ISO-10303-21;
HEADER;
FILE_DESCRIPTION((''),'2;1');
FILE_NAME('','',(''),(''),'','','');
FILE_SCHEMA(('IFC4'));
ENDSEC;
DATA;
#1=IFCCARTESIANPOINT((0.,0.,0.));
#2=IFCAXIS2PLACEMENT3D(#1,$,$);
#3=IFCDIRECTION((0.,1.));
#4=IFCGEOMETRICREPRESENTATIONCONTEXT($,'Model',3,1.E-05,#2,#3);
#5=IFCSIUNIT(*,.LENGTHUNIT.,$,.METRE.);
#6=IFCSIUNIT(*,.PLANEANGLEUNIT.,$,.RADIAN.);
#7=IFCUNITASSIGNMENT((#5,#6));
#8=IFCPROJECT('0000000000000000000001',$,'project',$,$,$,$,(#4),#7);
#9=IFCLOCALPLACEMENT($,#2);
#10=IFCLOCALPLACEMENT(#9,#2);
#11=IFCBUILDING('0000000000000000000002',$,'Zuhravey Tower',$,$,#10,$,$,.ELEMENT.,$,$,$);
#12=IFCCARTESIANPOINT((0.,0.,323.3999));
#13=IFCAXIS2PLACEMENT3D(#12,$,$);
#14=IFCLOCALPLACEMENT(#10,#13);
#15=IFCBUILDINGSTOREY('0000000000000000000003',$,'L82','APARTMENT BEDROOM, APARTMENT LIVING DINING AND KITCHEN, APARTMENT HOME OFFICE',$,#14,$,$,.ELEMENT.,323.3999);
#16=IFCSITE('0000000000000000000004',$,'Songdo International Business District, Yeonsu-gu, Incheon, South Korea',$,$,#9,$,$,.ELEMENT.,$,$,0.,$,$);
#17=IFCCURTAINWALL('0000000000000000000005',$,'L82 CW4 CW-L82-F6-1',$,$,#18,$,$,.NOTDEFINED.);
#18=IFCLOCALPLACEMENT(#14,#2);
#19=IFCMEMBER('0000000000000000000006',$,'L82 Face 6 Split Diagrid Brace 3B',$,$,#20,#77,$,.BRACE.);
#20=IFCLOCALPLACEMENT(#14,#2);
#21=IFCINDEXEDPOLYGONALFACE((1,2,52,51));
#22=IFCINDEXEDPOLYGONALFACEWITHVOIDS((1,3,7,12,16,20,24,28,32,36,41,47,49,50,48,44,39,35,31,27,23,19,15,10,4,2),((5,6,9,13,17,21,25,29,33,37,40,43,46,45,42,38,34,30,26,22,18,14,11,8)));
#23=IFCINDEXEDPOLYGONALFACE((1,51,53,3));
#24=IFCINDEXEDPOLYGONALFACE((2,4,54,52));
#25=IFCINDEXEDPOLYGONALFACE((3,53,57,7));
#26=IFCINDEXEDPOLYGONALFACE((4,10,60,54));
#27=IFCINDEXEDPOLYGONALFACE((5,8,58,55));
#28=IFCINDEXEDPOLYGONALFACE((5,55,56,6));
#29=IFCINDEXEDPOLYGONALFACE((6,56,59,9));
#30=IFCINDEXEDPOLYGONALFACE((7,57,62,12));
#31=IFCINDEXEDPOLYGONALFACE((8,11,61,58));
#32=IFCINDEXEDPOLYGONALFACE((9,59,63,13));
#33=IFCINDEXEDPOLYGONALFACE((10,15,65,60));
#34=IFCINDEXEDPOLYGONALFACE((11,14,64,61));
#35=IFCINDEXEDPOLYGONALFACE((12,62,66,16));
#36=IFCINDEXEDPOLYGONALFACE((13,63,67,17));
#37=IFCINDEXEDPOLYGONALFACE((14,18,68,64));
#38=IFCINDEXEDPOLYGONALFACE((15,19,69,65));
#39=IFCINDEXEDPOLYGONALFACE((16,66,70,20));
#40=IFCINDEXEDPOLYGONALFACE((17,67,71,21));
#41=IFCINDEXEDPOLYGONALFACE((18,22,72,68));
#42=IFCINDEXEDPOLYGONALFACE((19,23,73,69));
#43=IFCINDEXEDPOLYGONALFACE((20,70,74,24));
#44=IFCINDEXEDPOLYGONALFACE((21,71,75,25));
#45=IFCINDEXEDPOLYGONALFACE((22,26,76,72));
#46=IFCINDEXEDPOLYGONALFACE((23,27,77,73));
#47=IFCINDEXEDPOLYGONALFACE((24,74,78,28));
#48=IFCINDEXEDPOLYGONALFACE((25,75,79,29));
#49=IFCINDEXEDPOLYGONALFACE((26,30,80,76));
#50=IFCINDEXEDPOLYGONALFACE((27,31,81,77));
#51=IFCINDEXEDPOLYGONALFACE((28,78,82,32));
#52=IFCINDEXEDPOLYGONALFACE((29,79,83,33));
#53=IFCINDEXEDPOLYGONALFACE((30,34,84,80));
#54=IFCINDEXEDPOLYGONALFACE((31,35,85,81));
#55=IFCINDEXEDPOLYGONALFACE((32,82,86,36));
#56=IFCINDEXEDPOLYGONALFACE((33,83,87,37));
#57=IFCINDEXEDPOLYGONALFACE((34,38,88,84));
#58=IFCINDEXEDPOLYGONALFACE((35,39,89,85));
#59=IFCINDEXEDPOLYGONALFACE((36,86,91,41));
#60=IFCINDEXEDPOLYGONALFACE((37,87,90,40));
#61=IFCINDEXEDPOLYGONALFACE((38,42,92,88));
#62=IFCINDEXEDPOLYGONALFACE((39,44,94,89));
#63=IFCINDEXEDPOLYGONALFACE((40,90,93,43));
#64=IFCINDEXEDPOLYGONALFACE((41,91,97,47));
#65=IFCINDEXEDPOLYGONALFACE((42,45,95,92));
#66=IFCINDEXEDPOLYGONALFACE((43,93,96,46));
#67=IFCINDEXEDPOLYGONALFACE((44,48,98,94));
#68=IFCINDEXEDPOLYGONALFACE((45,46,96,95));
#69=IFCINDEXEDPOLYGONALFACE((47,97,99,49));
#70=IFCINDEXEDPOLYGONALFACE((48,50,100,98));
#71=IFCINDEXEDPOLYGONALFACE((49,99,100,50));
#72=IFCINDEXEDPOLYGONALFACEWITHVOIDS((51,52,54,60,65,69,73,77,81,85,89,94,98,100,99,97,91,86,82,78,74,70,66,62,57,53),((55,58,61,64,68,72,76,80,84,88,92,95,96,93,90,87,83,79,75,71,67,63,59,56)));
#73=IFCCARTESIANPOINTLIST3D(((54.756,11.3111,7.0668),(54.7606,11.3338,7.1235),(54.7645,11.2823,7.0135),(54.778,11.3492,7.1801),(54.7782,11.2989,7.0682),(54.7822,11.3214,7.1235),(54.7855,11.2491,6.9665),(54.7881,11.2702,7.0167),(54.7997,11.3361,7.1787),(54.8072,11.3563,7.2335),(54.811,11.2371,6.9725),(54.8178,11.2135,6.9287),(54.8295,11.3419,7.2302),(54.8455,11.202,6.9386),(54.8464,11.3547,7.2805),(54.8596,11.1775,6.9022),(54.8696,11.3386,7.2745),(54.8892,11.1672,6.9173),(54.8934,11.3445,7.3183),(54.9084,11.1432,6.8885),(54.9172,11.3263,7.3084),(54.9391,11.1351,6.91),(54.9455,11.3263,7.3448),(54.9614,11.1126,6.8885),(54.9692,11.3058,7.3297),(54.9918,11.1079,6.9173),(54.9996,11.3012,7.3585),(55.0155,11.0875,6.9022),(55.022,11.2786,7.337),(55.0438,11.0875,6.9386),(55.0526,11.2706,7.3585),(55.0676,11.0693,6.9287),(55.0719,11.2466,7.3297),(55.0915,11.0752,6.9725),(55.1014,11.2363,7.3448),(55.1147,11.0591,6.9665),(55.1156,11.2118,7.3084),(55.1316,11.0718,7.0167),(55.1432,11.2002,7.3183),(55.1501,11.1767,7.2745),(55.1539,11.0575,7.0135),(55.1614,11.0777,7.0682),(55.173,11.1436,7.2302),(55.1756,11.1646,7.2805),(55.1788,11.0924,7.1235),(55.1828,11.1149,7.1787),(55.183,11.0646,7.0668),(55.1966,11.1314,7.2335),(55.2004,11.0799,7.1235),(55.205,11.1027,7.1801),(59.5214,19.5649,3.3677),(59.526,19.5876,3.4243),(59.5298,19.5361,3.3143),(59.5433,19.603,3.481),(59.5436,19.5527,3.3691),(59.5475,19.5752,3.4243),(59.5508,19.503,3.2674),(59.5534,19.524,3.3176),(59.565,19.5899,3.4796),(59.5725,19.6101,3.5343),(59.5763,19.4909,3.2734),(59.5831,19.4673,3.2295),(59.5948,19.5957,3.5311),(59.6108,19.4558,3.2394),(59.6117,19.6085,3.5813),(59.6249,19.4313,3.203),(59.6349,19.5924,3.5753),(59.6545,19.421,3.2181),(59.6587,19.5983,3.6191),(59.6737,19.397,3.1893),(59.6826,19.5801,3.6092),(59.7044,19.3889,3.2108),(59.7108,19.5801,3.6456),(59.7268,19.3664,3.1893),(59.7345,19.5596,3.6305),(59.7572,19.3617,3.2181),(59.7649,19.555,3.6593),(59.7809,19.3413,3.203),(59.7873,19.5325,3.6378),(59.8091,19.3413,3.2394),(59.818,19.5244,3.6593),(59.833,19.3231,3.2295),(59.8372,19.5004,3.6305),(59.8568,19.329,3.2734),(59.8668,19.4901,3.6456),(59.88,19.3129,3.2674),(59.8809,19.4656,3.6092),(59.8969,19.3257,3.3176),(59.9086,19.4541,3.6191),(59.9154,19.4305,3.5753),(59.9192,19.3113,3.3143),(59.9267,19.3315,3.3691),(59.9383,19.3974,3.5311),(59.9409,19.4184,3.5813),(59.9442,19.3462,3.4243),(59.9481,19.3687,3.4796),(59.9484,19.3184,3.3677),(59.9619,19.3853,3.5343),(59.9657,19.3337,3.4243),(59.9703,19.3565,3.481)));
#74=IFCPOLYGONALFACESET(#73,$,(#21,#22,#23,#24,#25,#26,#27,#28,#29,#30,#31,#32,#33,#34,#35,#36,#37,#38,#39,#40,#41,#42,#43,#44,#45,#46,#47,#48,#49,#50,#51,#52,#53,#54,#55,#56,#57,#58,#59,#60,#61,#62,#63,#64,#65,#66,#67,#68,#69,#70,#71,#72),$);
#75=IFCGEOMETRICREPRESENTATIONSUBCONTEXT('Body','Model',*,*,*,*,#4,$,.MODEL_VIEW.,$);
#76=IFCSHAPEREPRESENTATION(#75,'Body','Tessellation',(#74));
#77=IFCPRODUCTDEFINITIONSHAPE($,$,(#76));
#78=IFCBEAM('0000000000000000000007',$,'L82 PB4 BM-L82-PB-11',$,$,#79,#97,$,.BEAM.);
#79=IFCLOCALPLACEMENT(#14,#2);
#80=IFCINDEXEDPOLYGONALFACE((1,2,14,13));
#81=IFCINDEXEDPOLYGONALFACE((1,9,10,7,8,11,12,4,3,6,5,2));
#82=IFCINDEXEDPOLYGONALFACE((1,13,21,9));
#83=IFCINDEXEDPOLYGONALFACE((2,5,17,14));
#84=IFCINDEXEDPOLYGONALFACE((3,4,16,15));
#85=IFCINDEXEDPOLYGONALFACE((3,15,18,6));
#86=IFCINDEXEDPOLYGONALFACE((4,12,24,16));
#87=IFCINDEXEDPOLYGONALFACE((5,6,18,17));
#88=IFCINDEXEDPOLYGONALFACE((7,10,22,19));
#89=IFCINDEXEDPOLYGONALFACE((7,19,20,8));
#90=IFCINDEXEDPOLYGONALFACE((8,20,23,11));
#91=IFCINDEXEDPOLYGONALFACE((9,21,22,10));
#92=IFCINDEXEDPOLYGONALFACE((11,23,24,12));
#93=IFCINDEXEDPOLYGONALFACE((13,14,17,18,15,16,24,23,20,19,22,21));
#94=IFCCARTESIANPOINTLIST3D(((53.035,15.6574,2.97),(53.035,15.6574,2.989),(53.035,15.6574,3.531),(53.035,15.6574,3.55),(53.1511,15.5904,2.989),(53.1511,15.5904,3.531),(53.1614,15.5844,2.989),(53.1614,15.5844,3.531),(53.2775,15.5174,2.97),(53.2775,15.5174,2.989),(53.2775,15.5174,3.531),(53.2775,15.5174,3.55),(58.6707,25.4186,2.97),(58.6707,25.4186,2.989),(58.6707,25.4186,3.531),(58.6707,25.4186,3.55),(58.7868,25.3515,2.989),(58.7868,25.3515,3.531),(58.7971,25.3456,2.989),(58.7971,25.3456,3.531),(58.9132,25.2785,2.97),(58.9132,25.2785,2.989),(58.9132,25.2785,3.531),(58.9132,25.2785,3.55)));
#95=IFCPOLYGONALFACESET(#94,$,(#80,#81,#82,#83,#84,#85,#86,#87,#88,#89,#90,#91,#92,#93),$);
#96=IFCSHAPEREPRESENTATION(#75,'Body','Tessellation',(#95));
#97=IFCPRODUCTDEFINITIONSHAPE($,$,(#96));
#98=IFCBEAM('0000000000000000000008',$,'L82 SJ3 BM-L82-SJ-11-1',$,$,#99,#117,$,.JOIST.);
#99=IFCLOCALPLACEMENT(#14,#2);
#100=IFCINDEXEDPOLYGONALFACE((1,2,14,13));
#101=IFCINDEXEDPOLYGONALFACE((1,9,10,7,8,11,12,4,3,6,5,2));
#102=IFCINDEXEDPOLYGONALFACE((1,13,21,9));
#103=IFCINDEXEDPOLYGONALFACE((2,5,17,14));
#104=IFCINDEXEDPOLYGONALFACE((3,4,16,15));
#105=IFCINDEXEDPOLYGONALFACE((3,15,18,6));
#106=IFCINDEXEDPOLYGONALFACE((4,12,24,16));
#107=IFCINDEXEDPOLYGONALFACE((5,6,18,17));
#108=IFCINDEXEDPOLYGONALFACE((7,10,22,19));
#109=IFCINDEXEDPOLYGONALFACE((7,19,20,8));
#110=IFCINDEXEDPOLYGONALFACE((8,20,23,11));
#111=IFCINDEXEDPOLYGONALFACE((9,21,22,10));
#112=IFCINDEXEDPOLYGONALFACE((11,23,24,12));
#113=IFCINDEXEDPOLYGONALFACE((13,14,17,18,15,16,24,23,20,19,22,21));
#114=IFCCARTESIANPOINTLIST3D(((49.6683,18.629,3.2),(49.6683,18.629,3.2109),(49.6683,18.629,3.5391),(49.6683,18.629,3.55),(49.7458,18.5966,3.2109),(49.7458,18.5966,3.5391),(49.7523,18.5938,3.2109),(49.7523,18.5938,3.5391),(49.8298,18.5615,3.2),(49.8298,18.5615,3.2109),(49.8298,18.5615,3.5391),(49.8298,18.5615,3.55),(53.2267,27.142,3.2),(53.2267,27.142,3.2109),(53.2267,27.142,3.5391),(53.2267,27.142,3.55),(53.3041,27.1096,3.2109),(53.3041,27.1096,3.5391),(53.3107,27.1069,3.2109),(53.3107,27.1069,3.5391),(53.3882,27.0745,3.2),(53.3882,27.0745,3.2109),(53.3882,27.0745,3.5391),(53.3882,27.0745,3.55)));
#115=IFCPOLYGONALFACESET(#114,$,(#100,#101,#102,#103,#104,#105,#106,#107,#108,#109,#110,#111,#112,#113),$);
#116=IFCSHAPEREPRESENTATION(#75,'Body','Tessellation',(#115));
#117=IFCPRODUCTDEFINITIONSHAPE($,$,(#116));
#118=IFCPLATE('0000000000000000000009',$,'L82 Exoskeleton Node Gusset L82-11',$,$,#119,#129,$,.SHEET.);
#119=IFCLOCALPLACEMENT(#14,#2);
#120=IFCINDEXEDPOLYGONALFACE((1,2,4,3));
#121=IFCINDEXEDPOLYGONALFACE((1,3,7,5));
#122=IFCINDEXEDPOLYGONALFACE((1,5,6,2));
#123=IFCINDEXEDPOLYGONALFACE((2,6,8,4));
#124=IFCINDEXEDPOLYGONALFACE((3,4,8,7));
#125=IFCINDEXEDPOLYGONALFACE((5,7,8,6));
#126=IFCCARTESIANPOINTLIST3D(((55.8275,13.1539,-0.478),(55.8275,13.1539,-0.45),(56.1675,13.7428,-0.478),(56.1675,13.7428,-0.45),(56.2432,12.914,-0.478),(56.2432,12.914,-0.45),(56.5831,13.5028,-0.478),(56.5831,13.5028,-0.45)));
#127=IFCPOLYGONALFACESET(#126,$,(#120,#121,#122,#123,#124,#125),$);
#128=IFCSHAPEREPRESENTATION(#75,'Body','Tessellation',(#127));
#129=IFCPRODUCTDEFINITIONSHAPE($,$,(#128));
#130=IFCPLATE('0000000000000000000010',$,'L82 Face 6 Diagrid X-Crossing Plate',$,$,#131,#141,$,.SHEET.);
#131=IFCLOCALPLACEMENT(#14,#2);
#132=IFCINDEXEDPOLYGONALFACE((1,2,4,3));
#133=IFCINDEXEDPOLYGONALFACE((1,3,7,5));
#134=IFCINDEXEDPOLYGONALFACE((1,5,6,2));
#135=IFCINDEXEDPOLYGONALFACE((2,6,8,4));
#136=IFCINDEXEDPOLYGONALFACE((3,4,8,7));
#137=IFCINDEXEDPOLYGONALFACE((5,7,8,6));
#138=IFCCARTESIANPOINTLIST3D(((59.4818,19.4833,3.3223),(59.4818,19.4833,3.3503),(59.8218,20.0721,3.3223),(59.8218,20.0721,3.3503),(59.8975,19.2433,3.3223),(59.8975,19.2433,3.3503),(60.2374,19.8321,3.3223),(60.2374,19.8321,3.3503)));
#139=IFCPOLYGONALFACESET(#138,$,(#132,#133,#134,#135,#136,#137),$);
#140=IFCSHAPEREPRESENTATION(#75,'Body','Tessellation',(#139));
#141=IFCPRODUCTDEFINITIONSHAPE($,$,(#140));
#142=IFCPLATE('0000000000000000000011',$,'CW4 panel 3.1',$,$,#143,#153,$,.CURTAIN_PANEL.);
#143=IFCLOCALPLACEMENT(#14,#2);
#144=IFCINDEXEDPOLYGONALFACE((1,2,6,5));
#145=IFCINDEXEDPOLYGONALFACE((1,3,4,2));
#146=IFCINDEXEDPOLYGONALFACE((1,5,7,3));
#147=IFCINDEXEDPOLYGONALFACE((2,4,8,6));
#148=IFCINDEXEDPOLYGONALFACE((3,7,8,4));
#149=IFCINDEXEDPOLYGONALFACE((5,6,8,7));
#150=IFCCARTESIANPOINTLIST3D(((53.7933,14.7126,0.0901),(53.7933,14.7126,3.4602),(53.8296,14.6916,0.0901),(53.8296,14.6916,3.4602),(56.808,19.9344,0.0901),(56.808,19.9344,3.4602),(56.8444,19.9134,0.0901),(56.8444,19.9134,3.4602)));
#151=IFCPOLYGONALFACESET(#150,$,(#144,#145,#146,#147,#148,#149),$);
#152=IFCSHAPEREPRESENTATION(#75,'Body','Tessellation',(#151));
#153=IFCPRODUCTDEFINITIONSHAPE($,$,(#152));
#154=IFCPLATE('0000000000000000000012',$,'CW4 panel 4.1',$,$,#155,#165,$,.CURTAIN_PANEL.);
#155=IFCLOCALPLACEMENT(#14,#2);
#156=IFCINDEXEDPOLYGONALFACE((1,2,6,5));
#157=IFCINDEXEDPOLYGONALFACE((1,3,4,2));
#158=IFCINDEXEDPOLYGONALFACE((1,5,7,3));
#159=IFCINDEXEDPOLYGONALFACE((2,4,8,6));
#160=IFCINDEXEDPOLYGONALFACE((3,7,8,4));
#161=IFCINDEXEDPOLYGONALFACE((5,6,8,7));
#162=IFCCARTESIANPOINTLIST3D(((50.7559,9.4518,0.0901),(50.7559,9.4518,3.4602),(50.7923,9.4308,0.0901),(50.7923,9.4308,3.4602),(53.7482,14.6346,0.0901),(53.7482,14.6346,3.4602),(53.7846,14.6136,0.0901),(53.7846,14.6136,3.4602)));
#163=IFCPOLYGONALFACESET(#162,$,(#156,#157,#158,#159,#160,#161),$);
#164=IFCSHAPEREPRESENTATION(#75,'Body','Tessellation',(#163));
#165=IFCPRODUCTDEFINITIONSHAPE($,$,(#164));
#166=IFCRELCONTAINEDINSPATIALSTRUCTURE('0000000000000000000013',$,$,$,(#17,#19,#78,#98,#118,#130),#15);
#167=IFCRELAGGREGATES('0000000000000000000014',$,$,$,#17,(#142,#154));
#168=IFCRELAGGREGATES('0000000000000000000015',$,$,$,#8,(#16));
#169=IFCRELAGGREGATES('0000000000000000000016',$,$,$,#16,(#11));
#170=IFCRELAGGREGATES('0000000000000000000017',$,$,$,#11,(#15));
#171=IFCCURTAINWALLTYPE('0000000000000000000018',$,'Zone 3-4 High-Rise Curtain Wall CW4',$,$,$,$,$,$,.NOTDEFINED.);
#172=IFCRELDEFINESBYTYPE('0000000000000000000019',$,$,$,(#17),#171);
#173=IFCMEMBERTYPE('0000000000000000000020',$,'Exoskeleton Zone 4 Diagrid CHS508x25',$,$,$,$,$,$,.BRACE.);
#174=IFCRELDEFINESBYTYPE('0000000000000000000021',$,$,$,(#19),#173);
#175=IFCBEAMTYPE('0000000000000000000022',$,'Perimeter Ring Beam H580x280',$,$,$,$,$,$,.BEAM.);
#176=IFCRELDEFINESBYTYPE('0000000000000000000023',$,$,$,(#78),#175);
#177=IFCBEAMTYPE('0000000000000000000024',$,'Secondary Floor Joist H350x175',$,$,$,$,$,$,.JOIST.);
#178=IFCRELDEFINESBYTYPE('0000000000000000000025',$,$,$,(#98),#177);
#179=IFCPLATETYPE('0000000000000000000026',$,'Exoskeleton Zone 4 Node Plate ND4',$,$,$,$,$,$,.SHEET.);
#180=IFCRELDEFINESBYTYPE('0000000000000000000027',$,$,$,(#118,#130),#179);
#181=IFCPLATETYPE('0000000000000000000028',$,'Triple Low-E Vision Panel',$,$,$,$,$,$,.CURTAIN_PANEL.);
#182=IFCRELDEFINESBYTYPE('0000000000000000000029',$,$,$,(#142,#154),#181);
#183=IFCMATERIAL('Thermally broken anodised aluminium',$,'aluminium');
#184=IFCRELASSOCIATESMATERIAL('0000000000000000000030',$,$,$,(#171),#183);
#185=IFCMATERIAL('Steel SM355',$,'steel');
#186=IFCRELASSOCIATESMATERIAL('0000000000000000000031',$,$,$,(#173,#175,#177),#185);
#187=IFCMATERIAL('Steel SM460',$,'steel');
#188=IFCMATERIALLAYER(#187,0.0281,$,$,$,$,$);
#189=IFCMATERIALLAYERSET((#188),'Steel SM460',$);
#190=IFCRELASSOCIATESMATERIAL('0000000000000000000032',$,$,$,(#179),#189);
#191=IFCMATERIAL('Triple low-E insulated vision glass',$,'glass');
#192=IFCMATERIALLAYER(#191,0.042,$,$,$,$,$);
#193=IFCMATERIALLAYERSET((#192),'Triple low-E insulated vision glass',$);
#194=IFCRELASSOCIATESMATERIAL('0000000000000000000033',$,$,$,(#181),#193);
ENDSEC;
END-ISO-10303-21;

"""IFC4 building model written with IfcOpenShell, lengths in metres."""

from ifc_helpers import new_model, si_unit, direction, frame, origin, origin_2d, place, context, subcontext, project, spatial, rectangle, hollow_circle, i_section, extrude, material, layer, layer_set, material_profile, profile_set, type_object, element, aggregate, save


model = new_model("IFC4")

# Units and contexts
model_context = context("Model", 3, precision=1e-05, world=origin(), true_north=direction((0.0, 1.0)))
body_context = subcontext(model_context, "Body", "Model", "MODEL_VIEW")
ifc_project = project(units=[si_unit("LENGTHUNIT", "METRE"), si_unit("PLANEANGLEUNIT", "RADIAN")], contexts=[model_context])

# Site, building, storey
site_placement = place(None, origin())
site = spatial("IfcSite", under=ifc_project, at=site_placement, Name="Songdo International Business District, Yeonsu-gu, Incheon, South Korea", CompositionType="ELEMENT", RefElevation=0.0)
building_placement = place(site_placement, origin())
building = spatial("IfcBuilding", under=site, at=building_placement, Name="Zuhravey Tower", CompositionType="ELEMENT")
storey_placement = place(building_placement, frame((0.0, 0.0, 323.3999)))
storey = spatial("IfcBuildingStorey", under=building, at=storey_placement, Name="L82", Description="APARTMENT BEDROOM, APARTMENT LIVING DINING AND KITCHEN, APARTMENT HOME OFFICE", CompositionType="ELEMENT", Elevation=323.3999)

# Curtain wall
ifc_material_1 = material(Name="Thermally broken anodised aluminium", Category="aluminium")
curtain_wall_type = type_object("IfcCurtainWallType", Name="Zone 3-4 High-Rise Curtain Wall CW4", PredefinedType="NOTDEFINED", material=ifc_material_1)
curtain_wall_1_placement = place(storey_placement, origin())
curtain_wall_1 = element("IfcCurtainWall", 1, at=curtain_wall_1_placement, inside=storey, type_object=curtain_wall_type, Name="L82 CW4 CW-L82-F6-1", PredefinedType="NOTDEFINED")

# Member
ifc_material_2 = material(Name="Steel SM355", Category="steel")
ifc_material_profile_1 = material_profile(ifc_material_2, hollow_circle(Radius=0.2539, WallThickness=0.0249, at=origin_2d()), Name="CHS-508.0x25")
ifc_profile_set_1 = profile_set([ifc_material_profile_1], Name="Steel SM355")
member_type_1 = type_object("IfcMemberType", Name="Exoskeleton Zone 4 Diagrid CHS508x25", PredefinedType="BRACE", material=ifc_profile_set_1)
member_1_placement = place(storey_placement, frame((59.7458, 19.4607, 3.4243), z_axis=(-0.46612, -0.807346, 0.361835), x_axis=(0.866026, -0.499999, 0.0)))
element("IfcMember", 2, at=member_1_placement, inside=storey, type_object=member_type_1, Name="L82 Face 6 Split Diagrid Brace 3B", PredefinedType="BRACE", context=body_context, shape_type="SweptSolid", body=[
    extrude(hollow_circle(Radius=0.2539, WallThickness=0.0249, at=origin_2d()), origin(), (0.0, 0.0, 1.0), 10.2234),
])

# Beams
ifc_material_profile_2 = material_profile(ifc_material_2, i_section(OverallWidth=0.28, OverallDepth=0.5801, WebThickness=0.012, FlangeThickness=0.019, at=origin_2d()), Name="H-580x280x12x19")
ifc_profile_set_2 = profile_set([ifc_material_profile_2], Name="Steel SM355")
beam_type_1 = type_object("IfcBeamType", Name="Perimeter Ring Beam H580x280", PredefinedType="BEAM", material=ifc_profile_set_2)
beam_1_placement = place(storey_placement, frame((53.1562, 15.5874, 3.26), z_axis=(0.500006, 0.866022, 0.0), x_axis=(-0.866022, 0.500006, 0.0)))
element("IfcBeam", 3, at=beam_1_placement, inside=storey, type_object=beam_type_1, Name="L82 PB4 BM-L82-PB-11", PredefinedType="BEAM", context=body_context, shape_type="SweptSolid", body=[
    extrude(i_section(OverallWidth=0.28, OverallDepth=0.5801, WebThickness=0.012, FlangeThickness=0.019, at=origin_2d()), origin(), (0.0, 0.0, 1.0), 11.2712),
])
ifc_material_profile_3 = material_profile(ifc_material_2, i_section(OverallWidth=0.175, OverallDepth=0.3501, WebThickness=0.0071, FlangeThickness=0.011, at=origin_2d()), Name="H-350x175x7x11")
ifc_profile_set_3 = profile_set([ifc_material_profile_3], Name="Steel SM355")
beam_type_2 = type_object("IfcBeamType", Name="Secondary Floor Joist H350x175", PredefinedType="JOIST", material=ifc_profile_set_3)
beam_2_placement = place(storey_placement, frame((49.749, 18.5952, 3.375), z_axis=(0.385658, 0.922642, 0.0), x_axis=(-0.922642, 0.385658, 0.0)))
element("IfcBeam", 4, at=beam_2_placement, inside=storey, type_object=beam_type_2, Name="L82 SJ3 BM-L82-SJ-11-1", PredefinedType="JOIST", context=body_context, shape_type="SweptSolid", body=[
    extrude(i_section(OverallWidth=0.175, OverallDepth=0.3501, WebThickness=0.0071, FlangeThickness=0.011, at=origin_2d()), origin(), (0.0, 0.0, 1.0), 9.2268),
])

# Plates
ifc_material_3 = material(Name="Steel SM460", Category="steel")
ifc_layer_1 = layer(ifc_material_3, 0.0281)
ifc_layer_set_1 = layer_set([ifc_layer_1], Name="Steel SM460")
plate_type_1 = type_object("IfcPlateType", Name="Exoskeleton Zone 4 Node Plate ND4", PredefinedType="SHEET", material=ifc_layer_set_1)
for number, where, z_axis, x_axis, name in (
    (5, (56.2053, 13.3284, -0.478), (0.0, 0.0, 1.0), (0.5, 0.866025, 0.0), "L82 Exoskeleton Node Gusset L82-11"),
    (6, (59.8596, 19.6577, 3.3223), (0.0, 0.0, 1.0), (0.5, 0.866025, 0.0), "L82 Face 6 Diagrid X-Crossing Plate"),
):
    element("IfcPlate", number, at=place(storey_placement, frame(where, z_axis=z_axis, x_axis=x_axis)), inside=storey, type_object=plate_type_1, Name=name, PredefinedType="SHEET", context=body_context, shape_type="SweptSolid", body=[
        extrude(rectangle(XDim=0.6799, YDim=0.48, at=origin_2d()), origin(), (0.0, 0.0, 1.0), 0.0281),
    ])

# Plates
ifc_material_4 = material(Name="Triple low-E insulated vision glass", Category="glass")
ifc_layer_2 = layer(ifc_material_4, 0.042)
ifc_layer_set_2 = layer_set([ifc_layer_2], Name="Triple low-E insulated vision glass")
plate_type_2 = type_object("IfcPlateType", Name="Triple Low-E Vision Panel", PredefinedType="CURTAIN_PANEL", material=ifc_layer_set_2)
plate_1_placement = place(storey_placement, frame((55.3188, 17.313, 0.0901), z_axis=(0.0, 0.0, 1.0), x_axis=(-0.5, -0.866026, 0.0)))
plate_1 = element("IfcPlate", 7, at=plate_1_placement, type_object=plate_type_2, Name="CW4 panel 3.1", PredefinedType="CURTAIN_PANEL", context=body_context, shape_type="SweptSolid", body=[
    extrude(rectangle(XDim=6.0295, YDim=0.042, at=origin_2d()), origin(), (0.0, 0.0, 1.0), 3.3701),
])
plate_2_placement = place(storey_placement, frame((52.2703, 12.0327, 0.0901), z_axis=(0.0, 0.0, 1.0), x_axis=(-0.5, -0.866026, 0.0)))
plate_2 = element("IfcPlate", 8, at=plate_2_placement, type_object=plate_type_2, Name="CW4 panel 4.1", PredefinedType="CURTAIN_PANEL", context=body_context, shape_type="SweptSolid", body=[
    extrude(rectangle(XDim=5.9846, YDim=0.042, at=origin_2d()), origin(), (0.0, 0.0, 1.0), 3.3701),
])
aggregate(curtain_wall_1, [plate_1, plate_2])

save(model, "model.ifc")
